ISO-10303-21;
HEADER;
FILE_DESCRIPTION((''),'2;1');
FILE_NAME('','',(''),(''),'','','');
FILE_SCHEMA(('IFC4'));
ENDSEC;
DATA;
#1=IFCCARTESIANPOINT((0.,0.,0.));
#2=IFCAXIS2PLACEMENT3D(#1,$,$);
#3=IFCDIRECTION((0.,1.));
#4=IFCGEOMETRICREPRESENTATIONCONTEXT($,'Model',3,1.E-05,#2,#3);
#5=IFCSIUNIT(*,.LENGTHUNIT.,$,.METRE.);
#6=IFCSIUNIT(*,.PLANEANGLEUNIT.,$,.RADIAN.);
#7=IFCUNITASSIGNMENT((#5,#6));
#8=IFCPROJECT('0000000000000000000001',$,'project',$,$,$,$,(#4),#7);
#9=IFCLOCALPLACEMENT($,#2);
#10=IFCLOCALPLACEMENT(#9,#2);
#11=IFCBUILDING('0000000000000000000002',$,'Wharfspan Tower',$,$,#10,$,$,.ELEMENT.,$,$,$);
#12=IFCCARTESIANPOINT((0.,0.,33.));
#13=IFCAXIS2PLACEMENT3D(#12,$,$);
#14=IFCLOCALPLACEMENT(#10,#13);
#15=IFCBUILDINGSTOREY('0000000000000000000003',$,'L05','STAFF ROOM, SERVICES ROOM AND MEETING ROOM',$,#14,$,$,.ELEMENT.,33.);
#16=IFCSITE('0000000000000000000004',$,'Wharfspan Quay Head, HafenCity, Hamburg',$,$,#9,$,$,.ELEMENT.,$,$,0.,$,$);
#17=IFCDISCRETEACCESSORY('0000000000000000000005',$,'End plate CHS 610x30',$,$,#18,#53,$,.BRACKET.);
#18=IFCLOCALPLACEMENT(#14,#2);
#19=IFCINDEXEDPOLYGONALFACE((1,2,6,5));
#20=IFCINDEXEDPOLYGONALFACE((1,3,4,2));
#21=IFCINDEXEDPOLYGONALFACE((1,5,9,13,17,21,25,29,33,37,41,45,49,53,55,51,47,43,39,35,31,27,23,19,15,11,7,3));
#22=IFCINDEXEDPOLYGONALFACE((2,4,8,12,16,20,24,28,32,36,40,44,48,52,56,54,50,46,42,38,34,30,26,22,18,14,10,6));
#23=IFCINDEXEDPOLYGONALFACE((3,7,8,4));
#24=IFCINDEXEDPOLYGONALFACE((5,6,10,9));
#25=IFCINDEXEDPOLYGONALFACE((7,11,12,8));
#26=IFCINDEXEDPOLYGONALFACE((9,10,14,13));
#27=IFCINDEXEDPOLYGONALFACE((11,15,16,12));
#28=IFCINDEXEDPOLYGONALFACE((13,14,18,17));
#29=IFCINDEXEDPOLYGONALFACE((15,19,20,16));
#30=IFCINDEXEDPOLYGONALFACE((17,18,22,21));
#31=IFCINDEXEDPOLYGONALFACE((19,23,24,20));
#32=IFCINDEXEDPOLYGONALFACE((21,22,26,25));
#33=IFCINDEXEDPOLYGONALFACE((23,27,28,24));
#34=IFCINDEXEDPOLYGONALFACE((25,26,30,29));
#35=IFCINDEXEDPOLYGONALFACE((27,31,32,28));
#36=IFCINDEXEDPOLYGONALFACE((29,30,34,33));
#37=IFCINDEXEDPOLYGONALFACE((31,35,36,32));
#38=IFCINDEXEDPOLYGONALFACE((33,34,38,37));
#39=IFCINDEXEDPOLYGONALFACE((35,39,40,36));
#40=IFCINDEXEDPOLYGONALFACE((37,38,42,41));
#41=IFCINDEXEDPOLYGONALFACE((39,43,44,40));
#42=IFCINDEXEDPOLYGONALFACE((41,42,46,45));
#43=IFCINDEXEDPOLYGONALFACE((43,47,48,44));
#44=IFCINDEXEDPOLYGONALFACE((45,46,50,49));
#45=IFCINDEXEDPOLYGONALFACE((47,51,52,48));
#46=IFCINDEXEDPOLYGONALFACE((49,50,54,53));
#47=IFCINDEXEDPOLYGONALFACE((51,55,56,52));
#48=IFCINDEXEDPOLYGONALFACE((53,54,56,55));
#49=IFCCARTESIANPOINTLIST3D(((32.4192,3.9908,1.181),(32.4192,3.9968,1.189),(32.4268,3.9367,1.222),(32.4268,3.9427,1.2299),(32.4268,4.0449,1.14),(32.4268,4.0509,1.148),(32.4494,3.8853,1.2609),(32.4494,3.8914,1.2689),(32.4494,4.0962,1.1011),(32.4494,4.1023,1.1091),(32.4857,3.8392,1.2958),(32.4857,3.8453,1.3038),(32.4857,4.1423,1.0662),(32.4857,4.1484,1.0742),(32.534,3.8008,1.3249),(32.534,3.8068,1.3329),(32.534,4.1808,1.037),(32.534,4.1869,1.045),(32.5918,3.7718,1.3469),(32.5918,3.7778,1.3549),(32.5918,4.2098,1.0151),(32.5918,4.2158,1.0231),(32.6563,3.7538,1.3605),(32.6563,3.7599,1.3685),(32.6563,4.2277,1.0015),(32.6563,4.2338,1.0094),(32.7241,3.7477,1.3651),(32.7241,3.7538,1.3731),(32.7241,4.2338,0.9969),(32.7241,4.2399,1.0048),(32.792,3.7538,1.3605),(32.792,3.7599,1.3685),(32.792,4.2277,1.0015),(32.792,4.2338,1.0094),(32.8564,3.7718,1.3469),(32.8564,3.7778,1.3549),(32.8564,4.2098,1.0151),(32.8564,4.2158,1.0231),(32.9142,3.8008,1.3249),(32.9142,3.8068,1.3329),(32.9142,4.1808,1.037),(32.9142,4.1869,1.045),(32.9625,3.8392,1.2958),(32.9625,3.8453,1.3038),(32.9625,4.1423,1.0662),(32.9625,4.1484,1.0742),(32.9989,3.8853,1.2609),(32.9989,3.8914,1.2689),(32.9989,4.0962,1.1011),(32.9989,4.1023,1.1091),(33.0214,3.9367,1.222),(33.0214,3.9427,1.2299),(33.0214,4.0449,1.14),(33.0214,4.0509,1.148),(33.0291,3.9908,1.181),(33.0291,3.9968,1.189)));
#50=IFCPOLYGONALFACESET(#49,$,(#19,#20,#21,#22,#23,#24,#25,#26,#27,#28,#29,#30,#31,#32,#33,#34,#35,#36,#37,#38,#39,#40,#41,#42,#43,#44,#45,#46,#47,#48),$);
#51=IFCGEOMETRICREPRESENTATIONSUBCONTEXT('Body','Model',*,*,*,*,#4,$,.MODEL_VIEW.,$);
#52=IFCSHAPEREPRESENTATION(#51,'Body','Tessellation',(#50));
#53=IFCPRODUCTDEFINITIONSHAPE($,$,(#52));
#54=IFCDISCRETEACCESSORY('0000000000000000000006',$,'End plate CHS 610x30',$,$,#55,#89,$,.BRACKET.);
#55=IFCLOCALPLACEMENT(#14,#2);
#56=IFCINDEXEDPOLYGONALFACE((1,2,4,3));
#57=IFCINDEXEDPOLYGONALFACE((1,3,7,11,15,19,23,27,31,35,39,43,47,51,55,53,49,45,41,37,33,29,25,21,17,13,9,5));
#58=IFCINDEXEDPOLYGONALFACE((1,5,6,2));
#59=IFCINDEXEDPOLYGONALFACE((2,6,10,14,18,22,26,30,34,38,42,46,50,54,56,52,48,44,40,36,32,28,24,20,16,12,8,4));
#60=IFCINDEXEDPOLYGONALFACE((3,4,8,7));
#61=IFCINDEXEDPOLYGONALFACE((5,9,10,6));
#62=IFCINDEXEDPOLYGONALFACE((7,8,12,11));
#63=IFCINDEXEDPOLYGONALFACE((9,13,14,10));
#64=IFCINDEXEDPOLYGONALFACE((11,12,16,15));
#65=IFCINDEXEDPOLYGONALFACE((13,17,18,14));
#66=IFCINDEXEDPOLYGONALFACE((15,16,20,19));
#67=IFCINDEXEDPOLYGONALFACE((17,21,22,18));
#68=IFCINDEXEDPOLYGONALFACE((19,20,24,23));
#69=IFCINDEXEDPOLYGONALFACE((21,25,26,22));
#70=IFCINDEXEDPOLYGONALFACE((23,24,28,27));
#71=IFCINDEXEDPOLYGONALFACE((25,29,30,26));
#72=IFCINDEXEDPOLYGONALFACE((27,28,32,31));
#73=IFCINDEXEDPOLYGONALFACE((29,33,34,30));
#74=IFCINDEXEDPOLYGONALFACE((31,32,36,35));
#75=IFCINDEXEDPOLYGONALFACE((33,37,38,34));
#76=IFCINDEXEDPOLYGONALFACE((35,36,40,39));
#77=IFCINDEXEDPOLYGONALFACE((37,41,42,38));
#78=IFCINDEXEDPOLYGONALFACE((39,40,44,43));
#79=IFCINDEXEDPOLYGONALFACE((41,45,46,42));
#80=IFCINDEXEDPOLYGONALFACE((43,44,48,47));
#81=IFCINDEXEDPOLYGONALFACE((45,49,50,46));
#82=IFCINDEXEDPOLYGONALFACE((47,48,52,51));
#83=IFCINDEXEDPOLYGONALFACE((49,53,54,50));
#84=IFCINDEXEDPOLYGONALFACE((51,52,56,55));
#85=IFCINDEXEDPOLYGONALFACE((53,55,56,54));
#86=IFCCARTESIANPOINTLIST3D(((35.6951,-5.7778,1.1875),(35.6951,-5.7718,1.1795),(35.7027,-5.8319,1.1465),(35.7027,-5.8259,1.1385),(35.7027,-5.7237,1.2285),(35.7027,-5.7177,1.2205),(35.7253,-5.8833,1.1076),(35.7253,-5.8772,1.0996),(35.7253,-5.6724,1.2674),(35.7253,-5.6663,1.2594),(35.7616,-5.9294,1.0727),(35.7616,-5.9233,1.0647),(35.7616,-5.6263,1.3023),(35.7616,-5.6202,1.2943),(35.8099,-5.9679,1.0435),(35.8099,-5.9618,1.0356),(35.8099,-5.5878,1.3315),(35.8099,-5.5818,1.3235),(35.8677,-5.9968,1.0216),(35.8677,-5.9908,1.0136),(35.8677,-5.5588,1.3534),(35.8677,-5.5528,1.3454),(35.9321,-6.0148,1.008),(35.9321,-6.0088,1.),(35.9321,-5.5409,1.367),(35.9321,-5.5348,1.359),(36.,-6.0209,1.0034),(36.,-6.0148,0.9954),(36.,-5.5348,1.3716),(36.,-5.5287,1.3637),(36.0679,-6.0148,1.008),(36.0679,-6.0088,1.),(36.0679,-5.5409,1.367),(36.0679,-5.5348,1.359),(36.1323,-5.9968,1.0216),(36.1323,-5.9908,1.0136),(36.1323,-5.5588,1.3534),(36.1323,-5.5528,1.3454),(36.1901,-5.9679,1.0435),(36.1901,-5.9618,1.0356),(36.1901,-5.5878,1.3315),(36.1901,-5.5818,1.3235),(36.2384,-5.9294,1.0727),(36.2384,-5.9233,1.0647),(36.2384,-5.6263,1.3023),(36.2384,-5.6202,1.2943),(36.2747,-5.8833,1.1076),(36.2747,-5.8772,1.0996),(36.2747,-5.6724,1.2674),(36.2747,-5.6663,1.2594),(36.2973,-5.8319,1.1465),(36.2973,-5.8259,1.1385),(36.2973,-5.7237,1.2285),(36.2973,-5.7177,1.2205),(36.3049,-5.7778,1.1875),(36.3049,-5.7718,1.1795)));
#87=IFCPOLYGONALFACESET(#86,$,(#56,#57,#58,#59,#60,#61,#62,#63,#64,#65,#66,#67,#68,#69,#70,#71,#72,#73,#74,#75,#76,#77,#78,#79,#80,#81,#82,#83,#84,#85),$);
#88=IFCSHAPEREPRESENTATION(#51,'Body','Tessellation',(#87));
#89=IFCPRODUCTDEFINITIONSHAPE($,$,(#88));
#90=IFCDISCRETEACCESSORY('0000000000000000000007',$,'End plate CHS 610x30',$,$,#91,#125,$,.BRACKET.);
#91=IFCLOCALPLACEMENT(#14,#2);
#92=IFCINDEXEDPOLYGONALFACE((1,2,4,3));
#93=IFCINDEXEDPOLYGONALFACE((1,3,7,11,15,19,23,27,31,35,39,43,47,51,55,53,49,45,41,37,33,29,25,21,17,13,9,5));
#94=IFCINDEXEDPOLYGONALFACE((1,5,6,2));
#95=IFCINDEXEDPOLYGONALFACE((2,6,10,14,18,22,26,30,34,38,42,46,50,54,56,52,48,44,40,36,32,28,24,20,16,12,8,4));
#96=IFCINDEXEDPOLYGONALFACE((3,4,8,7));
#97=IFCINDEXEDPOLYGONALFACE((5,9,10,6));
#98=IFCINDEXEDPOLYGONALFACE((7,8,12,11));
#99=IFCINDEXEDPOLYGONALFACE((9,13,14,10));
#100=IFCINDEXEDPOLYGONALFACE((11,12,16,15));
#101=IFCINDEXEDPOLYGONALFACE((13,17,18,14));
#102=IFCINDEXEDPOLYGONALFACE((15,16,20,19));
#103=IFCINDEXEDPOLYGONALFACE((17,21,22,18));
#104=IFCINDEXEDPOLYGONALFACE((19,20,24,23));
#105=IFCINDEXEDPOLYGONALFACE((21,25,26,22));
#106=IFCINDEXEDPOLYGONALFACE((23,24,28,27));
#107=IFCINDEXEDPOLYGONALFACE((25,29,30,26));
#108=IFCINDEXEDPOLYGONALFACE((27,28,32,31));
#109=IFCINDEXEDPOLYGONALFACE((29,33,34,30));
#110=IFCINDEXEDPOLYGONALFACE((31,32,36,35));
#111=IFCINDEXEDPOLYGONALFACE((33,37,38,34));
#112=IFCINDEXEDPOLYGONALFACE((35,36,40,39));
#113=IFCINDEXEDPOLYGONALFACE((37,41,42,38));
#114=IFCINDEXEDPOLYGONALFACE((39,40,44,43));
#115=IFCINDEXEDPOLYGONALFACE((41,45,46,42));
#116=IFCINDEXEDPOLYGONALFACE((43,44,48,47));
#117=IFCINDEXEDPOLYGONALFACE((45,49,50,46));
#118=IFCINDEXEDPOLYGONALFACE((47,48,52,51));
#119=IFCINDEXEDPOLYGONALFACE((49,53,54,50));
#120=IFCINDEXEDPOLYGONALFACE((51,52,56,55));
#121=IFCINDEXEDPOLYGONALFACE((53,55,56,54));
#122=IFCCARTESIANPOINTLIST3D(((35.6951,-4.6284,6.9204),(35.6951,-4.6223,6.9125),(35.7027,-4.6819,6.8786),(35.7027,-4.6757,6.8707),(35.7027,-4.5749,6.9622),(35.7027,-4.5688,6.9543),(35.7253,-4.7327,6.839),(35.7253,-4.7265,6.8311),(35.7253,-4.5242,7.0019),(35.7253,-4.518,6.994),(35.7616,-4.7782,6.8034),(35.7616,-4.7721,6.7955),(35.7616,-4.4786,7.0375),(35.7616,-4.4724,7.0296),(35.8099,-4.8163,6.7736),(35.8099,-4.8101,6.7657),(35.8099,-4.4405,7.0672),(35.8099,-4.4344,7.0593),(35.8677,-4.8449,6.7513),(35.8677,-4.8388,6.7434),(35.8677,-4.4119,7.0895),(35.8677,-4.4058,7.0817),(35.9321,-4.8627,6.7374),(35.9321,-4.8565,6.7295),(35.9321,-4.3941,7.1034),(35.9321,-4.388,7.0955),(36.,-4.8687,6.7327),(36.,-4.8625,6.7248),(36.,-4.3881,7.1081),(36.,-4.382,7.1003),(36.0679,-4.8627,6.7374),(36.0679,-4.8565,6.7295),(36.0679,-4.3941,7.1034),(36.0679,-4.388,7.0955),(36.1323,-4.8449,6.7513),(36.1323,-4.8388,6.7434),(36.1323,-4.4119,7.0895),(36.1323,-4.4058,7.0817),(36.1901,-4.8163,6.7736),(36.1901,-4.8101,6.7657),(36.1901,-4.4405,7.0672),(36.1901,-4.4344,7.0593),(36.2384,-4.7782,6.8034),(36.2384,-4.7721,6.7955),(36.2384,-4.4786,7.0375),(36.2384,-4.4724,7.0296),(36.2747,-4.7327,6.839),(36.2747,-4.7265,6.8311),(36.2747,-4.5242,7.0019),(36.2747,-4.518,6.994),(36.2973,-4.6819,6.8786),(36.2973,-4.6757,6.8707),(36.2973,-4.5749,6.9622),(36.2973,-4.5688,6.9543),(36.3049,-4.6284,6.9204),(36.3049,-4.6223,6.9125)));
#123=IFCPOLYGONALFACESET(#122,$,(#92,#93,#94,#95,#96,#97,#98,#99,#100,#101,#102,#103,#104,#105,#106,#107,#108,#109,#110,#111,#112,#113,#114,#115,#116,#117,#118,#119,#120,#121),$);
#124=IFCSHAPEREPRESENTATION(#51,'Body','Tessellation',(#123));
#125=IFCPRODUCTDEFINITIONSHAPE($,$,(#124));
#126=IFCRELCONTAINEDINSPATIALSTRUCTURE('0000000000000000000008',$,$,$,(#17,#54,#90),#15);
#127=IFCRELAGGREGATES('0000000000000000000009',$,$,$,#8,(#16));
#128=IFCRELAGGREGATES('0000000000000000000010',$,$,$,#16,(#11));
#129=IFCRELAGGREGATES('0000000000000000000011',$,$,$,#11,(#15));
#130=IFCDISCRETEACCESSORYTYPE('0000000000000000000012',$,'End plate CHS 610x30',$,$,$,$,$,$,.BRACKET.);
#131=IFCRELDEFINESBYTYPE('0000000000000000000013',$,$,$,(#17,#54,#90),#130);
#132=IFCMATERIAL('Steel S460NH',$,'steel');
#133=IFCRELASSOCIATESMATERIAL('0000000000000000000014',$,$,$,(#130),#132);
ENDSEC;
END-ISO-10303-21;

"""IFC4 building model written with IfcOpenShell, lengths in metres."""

from ifc_helpers import new_model, si_unit, direction, frame, origin, origin_2d, place, context, subcontext, project, spatial, circle, extrude, material, material_profile, profile_set, type_object, element, save


model = new_model("IFC4")

# Units and contexts
model_context = context("Model", 3, precision=1e-05, world=origin(), true_north=direction((0.0, 1.0)))
body_context = subcontext(model_context, "Body", "Model", "MODEL_VIEW")
ifc_project = project(units=[si_unit("LENGTHUNIT", "METRE"), si_unit("PLANEANGLEUNIT", "RADIAN")], contexts=[model_context])

# Site, building, storey
site_placement = place(None, origin())
site = spatial("IfcSite", under=ifc_project, at=site_placement, Name="Wharfspan Quay Head, HafenCity, Hamburg", CompositionType="ELEMENT", RefElevation=0.0)
building_placement = place(site_placement, origin())
building = spatial("IfcBuilding", under=site, at=building_placement, Name="Wharfspan Tower", CompositionType="ELEMENT")
storey_placement = place(building_placement, frame((0.0, 0.0, 33.0)))
storey = spatial("IfcBuildingStorey", under=building, at=storey_placement, Name="L05", Description="STAFF ROOM, SERVICES ROOM AND MEETING ROOM", CompositionType="ELEMENT", Elevation=33.0)

# Shared definitions
ifc_material_1 = material(Name="Steel S460NH", Category="steel")

# Discrete accessories
ifc_material_profile_1 = material_profile(ifc_material_1, circle(Radius=0.3049, at=origin_2d()))
ifc_profile_set_1 = profile_set([ifc_material_profile_1], Name="Steel S460NH")
discrete_accessory_type = type_object("IfcDiscreteAccessoryType", Name="End plate CHS 610x30", PredefinedType="BRACKET", material=ifc_profile_set_1)
for number, where, z_axis, x_axis, name in (
    (1, (32.7241, 3.9968, 1.189), (0.0, -0.603858, -0.797092), (1.0, 0.0, 0.0), "End plate CHS 610x30"),
    (2, (36.0, -5.7778, 1.1875), (0.0, 0.603858, -0.797092), (-1.0, 0.0, 0.0), "End plate CHS 610x30"),
    (3, (36.0, -4.6284, 6.9204), (0.0, 0.615644, -0.788024), (-1.0, 0.0, 0.0), "End plate CHS 610x30"),
):
    element("IfcDiscreteAccessory", number, at=place(storey_placement, frame(where, z_axis=z_axis, x_axis=x_axis)), inside=storey, type_object=discrete_accessory_type, Name=name, PredefinedType="BRACKET", context=body_context, shape_type="SweptSolid", body=[
        extrude(circle(Radius=0.3049, at=origin_2d()), origin(), (0.0, 0.0, 1.0), 0.01),
    ])

save(model, "model.ifc")
